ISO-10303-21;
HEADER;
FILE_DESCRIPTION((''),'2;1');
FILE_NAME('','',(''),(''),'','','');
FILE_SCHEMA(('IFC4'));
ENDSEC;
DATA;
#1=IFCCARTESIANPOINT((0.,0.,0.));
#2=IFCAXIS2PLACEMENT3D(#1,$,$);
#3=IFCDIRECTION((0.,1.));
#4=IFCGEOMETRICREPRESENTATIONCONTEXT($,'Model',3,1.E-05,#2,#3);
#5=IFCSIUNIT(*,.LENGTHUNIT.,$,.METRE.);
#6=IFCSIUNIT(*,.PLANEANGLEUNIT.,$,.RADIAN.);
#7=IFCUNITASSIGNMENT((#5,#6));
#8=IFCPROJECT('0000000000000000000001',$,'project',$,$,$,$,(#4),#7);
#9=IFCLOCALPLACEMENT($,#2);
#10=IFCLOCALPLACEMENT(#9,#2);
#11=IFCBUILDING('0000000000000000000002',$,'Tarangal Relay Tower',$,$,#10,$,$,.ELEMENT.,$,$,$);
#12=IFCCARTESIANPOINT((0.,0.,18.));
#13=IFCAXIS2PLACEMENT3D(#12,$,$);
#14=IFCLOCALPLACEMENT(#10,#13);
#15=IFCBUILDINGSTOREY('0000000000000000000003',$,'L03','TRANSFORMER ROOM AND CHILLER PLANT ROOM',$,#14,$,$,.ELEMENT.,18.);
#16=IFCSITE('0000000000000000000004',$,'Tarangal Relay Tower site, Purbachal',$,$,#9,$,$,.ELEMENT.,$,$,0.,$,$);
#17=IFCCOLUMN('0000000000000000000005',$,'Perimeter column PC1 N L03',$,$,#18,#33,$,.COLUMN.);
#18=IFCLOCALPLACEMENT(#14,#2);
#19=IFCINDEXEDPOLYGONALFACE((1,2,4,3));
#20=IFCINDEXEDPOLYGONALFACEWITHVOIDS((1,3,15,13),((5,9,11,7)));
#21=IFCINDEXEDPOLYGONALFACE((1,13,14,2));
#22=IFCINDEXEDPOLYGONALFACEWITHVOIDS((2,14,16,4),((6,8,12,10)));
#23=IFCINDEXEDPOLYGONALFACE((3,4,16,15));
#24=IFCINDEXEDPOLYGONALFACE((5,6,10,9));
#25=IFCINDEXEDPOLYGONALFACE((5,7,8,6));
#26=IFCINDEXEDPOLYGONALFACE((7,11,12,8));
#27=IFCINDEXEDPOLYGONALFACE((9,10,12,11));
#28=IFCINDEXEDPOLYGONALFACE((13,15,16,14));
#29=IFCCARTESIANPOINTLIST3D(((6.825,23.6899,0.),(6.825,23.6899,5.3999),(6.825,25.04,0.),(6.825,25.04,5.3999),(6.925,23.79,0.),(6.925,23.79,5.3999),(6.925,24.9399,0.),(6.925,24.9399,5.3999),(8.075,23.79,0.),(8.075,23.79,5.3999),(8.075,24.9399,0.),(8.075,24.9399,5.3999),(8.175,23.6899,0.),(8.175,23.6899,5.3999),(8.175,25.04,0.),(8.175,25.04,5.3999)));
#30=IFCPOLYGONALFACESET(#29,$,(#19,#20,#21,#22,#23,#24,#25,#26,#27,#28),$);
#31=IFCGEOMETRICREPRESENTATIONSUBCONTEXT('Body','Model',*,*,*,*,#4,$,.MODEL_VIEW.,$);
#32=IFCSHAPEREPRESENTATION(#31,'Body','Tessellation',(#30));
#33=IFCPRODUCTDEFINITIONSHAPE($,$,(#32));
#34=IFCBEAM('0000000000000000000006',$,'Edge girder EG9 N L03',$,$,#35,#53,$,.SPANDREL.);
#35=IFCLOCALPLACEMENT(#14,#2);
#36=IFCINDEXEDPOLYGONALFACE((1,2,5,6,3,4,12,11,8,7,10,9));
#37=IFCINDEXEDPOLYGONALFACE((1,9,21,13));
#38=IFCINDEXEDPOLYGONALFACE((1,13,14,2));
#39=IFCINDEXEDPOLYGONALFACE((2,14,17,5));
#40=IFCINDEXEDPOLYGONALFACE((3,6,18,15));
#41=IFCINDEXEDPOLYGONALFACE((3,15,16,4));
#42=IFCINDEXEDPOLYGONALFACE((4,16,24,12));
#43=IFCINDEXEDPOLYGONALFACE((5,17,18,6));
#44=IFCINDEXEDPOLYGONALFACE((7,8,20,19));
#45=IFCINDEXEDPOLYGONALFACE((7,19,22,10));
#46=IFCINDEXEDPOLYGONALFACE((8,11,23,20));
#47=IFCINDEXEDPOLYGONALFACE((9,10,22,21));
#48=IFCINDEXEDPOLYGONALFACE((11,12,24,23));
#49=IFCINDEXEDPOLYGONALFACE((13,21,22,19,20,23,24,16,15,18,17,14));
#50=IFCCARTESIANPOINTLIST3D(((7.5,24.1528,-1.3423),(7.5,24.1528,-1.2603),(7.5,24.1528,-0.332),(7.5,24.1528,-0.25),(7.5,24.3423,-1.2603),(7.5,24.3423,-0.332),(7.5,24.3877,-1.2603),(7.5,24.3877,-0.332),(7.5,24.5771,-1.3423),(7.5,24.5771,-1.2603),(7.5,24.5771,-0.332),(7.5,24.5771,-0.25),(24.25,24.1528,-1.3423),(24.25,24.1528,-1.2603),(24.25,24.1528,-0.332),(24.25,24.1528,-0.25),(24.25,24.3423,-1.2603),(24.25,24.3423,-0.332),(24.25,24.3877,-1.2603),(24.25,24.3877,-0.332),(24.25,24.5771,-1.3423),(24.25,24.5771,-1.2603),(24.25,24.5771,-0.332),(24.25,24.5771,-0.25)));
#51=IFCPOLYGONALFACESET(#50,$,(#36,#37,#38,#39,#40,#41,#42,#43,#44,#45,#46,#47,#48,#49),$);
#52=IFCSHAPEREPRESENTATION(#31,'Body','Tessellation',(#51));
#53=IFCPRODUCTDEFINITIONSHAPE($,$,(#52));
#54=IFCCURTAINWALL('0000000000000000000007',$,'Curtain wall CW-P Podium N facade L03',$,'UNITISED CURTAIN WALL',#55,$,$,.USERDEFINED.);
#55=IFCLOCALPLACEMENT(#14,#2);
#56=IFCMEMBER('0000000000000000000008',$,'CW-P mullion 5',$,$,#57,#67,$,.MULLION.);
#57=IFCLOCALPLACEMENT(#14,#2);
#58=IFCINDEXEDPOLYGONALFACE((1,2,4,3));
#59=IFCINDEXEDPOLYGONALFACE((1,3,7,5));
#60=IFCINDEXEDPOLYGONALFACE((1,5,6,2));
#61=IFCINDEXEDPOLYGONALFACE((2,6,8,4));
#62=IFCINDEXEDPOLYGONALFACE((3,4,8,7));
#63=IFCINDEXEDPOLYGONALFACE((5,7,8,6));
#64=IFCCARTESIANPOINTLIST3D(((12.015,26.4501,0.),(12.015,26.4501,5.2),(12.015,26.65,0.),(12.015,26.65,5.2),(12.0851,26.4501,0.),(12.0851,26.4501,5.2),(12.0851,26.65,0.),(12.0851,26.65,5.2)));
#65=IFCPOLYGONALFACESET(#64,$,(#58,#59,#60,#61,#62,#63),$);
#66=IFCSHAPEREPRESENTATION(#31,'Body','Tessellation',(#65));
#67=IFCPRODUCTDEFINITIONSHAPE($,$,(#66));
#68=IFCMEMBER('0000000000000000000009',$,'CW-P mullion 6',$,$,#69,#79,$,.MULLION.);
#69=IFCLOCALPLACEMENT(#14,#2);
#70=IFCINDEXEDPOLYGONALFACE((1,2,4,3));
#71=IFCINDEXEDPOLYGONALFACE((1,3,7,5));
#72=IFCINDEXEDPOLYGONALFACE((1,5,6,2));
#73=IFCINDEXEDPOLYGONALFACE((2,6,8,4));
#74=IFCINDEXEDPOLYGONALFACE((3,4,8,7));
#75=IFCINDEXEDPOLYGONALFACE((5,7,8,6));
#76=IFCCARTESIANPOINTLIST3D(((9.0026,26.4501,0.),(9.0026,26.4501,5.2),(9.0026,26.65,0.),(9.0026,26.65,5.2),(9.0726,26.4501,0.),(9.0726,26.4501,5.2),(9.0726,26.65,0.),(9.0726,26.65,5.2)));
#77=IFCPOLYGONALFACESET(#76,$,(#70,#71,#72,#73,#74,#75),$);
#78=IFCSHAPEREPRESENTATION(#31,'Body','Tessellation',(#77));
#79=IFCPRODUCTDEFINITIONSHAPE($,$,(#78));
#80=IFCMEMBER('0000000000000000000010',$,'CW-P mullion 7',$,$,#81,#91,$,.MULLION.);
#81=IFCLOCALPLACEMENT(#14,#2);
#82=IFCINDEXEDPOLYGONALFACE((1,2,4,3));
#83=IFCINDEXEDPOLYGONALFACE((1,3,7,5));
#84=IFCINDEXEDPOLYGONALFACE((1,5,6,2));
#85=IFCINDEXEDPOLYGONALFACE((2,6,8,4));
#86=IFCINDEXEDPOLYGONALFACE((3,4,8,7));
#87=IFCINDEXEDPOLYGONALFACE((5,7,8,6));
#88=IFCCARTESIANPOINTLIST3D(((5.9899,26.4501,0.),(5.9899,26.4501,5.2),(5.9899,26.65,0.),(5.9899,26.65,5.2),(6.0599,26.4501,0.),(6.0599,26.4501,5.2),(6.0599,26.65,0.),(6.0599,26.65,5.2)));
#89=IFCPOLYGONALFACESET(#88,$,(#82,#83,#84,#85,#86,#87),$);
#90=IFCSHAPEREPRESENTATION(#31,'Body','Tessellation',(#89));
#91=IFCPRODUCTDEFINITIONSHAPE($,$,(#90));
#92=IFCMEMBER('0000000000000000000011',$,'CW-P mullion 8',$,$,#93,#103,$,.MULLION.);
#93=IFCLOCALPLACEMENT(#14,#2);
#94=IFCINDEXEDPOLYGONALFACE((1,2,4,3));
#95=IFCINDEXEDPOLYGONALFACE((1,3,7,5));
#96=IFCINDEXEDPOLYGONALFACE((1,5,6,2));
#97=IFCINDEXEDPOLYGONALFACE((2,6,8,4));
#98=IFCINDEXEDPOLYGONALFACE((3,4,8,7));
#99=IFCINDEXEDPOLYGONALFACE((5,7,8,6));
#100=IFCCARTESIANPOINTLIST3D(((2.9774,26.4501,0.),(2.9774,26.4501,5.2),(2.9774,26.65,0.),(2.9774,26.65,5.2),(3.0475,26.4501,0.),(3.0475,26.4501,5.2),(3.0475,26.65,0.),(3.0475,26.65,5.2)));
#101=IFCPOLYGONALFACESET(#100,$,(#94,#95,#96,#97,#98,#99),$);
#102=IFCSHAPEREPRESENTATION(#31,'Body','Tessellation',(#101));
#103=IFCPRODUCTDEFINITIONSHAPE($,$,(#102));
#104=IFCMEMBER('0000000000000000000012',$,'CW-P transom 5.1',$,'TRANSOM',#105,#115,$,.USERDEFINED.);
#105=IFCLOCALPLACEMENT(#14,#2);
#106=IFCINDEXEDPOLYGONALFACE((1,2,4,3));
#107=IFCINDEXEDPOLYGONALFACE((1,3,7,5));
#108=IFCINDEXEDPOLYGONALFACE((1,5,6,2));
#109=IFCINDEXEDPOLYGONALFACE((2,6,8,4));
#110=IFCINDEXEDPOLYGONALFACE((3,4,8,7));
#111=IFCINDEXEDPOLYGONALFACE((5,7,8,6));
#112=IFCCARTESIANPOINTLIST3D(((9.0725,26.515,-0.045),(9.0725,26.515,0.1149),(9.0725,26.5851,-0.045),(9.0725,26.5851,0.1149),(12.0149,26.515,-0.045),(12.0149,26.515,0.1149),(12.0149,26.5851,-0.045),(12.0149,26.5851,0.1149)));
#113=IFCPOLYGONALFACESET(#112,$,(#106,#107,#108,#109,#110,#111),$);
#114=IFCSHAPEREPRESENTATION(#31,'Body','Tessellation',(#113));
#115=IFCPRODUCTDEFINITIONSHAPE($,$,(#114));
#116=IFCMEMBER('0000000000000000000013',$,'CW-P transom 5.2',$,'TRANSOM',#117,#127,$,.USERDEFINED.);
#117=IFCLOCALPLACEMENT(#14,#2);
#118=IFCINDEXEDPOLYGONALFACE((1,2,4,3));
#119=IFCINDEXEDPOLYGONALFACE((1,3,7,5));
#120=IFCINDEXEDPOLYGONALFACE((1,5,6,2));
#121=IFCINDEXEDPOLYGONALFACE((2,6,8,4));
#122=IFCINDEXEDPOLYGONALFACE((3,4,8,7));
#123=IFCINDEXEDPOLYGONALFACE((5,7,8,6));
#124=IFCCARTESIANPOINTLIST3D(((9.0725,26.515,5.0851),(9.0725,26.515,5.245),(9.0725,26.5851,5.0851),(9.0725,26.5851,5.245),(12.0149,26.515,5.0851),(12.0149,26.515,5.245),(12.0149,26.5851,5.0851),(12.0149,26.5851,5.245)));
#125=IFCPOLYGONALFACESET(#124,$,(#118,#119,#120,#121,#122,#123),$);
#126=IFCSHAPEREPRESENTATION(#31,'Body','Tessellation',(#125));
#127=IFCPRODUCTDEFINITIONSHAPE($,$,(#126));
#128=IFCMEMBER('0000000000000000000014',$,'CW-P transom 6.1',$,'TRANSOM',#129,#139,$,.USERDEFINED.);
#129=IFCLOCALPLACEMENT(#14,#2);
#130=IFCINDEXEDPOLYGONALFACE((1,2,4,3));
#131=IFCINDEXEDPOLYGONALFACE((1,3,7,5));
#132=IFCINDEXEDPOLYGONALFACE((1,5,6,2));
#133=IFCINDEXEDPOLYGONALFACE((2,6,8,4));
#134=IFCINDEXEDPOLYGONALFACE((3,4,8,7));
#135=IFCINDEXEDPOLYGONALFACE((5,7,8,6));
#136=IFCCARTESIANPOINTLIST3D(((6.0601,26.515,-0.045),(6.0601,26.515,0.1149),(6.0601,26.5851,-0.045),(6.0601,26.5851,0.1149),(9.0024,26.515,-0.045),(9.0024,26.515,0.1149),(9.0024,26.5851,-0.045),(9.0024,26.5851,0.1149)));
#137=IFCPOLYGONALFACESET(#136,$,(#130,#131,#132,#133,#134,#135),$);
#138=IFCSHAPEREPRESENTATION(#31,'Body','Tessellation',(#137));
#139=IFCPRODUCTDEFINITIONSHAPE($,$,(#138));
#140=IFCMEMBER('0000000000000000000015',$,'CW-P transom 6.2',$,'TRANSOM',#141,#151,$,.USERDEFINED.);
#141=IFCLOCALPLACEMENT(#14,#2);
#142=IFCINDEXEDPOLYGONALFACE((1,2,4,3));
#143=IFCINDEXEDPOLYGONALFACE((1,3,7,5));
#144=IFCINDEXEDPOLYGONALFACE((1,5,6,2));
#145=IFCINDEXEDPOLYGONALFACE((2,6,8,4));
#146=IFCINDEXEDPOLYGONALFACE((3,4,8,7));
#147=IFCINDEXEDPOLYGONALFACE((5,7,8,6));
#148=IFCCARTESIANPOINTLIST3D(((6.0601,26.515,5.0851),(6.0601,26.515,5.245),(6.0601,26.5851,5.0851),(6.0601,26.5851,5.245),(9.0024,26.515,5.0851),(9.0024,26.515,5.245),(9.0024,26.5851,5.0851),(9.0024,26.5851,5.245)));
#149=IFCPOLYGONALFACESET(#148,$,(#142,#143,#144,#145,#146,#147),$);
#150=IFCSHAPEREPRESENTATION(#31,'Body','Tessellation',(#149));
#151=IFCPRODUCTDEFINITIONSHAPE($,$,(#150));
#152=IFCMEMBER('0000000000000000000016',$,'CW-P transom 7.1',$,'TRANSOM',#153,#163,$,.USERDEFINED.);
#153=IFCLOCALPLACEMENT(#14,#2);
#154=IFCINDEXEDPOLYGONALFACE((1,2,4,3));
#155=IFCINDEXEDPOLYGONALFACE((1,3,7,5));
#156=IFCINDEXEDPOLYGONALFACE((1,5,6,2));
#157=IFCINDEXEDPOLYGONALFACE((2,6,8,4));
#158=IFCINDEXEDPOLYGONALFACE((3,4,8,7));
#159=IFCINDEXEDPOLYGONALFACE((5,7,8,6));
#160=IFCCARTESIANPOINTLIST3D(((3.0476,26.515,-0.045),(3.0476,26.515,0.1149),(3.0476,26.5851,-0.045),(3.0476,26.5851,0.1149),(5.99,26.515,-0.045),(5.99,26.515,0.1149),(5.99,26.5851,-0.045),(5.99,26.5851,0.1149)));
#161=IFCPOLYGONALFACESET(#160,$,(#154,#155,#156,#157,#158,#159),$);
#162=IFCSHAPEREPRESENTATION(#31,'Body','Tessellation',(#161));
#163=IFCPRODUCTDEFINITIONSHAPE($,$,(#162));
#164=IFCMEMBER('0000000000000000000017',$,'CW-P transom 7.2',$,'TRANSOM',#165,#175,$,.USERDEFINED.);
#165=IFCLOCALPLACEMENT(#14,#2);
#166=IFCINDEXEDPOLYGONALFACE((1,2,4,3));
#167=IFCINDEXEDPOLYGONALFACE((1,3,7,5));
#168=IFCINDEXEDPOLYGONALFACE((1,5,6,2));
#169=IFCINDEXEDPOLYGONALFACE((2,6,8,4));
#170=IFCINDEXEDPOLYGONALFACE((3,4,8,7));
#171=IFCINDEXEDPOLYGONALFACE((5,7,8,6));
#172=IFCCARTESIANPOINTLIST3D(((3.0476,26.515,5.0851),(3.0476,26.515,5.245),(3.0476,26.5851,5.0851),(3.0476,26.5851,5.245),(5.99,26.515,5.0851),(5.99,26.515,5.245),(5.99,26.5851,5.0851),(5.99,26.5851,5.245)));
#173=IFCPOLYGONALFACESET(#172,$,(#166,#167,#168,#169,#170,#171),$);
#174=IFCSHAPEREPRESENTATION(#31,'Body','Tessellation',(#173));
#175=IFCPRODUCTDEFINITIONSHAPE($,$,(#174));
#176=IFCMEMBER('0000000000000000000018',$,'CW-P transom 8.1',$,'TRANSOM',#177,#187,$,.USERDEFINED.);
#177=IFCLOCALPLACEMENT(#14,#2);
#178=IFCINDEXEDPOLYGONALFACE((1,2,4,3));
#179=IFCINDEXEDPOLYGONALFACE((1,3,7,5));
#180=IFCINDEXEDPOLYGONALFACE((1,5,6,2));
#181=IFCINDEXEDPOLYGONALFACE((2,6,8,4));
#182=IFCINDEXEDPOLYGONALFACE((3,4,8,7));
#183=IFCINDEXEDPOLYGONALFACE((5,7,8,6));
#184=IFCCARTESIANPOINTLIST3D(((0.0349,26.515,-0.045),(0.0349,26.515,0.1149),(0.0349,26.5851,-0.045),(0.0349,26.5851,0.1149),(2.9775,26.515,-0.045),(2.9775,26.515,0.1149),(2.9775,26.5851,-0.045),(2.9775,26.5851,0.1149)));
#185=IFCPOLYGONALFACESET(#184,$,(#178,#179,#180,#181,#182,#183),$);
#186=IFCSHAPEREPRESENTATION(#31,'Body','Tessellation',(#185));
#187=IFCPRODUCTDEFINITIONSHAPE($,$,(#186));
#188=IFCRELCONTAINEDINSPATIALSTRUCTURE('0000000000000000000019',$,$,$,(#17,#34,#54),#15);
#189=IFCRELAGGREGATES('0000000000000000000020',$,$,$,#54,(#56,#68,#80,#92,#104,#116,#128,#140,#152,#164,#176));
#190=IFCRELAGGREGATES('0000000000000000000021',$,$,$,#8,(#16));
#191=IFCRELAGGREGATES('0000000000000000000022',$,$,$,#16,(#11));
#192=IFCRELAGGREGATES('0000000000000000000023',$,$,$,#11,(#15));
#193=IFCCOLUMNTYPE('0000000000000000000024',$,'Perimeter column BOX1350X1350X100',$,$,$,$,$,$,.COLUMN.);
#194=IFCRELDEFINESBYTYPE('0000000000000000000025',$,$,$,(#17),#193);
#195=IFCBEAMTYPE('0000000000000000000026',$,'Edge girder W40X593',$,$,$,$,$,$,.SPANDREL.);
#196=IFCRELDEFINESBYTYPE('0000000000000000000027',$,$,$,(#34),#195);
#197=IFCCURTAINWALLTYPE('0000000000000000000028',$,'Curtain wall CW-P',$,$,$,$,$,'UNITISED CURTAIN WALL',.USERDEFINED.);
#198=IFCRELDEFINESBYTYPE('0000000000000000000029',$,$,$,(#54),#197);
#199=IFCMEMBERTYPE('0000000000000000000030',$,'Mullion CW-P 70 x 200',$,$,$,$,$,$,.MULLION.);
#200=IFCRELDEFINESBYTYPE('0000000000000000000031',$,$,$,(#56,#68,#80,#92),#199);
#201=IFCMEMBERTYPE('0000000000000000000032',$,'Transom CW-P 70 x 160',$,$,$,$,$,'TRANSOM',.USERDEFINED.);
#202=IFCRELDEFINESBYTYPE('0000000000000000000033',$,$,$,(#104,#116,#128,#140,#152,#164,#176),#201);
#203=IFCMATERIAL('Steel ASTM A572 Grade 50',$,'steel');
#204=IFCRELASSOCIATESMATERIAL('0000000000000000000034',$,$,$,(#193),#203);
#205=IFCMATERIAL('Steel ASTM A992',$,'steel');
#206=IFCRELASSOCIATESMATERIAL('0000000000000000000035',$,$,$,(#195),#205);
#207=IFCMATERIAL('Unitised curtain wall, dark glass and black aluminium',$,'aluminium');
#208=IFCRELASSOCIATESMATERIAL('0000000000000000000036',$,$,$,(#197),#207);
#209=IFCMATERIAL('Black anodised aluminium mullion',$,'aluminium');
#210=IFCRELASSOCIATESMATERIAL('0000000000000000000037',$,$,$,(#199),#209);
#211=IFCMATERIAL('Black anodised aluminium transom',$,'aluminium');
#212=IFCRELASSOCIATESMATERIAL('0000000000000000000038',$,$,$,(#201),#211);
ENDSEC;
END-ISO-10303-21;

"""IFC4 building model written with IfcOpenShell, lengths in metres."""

from ifc_helpers import new_model, si_unit, direction, frame, origin, origin_2d, place, context, subcontext, project, spatial, rectangle, hollow_rectangle, i_section, extrude, material, material_profile, profile_set, type_object, element, aggregate, save


model = new_model("IFC4")

# Units and contexts
model_context = context("Model", 3, precision=1e-05, world=origin(), true_north=direction((0.0, 1.0)))
body_context = subcontext(model_context, "Body", "Model", "MODEL_VIEW")
ifc_project = project(units=[si_unit("LENGTHUNIT", "METRE"), si_unit("PLANEANGLEUNIT", "RADIAN")], contexts=[model_context])

# Site, building, storey
site_placement = place(None, origin())
site = spatial("IfcSite", under=ifc_project, at=site_placement, Name="Tarangal Relay Tower site, Purbachal", CompositionType="ELEMENT", RefElevation=0.0)
building_placement = place(site_placement, origin())
building = spatial("IfcBuilding", under=site, at=building_placement, Name="Tarangal Relay Tower", CompositionType="ELEMENT")
storey_placement = place(building_placement, frame((0.0, 0.0, 18.0)))
storey = spatial("IfcBuildingStorey", under=building, at=storey_placement, Name="L03", Description="TRANSFORMER ROOM AND CHILLER PLANT ROOM", CompositionType="ELEMENT", Elevation=18.0)

# Column
ifc_material_1 = material(Name="Steel ASTM A572 Grade 50", Category="steel")
ifc_material_profile_1 = material_profile(ifc_material_1, hollow_rectangle(XDim=1.3501, YDim=1.3501, WallThickness=0.1001, at=origin_2d()), Name="BOX1350X1350X100")
ifc_profile_set_1 = profile_set([ifc_material_profile_1], Name="Steel ASTM A572 Grade 50")
column_type = type_object("IfcColumnType", Name="Perimeter column BOX1350X1350X100", PredefinedType="COLUMN", material=ifc_profile_set_1)
column_placement = place(storey_placement, frame((7.5, 24.365, 0.0), z_axis=(0.0, 0.0, 1.0), x_axis=(1.0, 0.0, 0.0)))
element("IfcColumn", 1, at=column_placement, inside=storey, type_object=column_type, Name="Perimeter column PC1 N L03", PredefinedType="COLUMN", context=body_context, shape_type="SweptSolid", body=[
    extrude(hollow_rectangle(XDim=1.3501, YDim=1.3501, WallThickness=0.1001, at=origin_2d()), origin(), (0.0, 0.0, 1.0), 5.3999),
])

# Beam
ifc_material_2 = material(Name="Steel ASTM A992", Category="steel")
ifc_material_profile_2 = material_profile(ifc_material_2, i_section(OverallWidth=0.4243, OverallDepth=1.0923, WebThickness=0.0454, FlangeThickness=0.082, at=origin_2d()), Name="W40X593")
ifc_profile_set_2 = profile_set([ifc_material_profile_2], Name="Steel ASTM A992")
beam_type = type_object("IfcBeamType", Name="Edge girder W40X593", PredefinedType="SPANDREL", material=ifc_profile_set_2)
beam_placement = place(storey_placement, frame((7.5, 24.365, -0.7961), z_axis=(1.0, 0.0, 0.0), x_axis=(0.0, 1.0, 0.0)))
element("IfcBeam", 2, at=beam_placement, inside=storey, type_object=beam_type, Name="Edge girder EG9 N L03", PredefinedType="SPANDREL", context=body_context, shape_type="SweptSolid", body=[
    extrude(i_section(OverallWidth=0.4243, OverallDepth=1.0923, WebThickness=0.0454, FlangeThickness=0.082, at=origin_2d()), origin(), (0.0, 0.0, 1.0), 16.75),
])

# Curtain wall, members
ifc_material_3 = material(Name="Unitised curtain wall, dark glass and black aluminium", Category="aluminium")
curtain_wall_type = type_object("IfcCurtainWallType", Name="Curtain wall CW-P", ElementType="UNITISED CURTAIN WALL", PredefinedType="USERDEFINED", material=ifc_material_3)
curtain_wall_placement = place(storey_placement, origin())
curtain_wall = element("IfcCurtainWall", 3, at=curtain_wall_placement, inside=storey, type_object=curtain_wall_type, Name="Curtain wall CW-P Podium N facade L03", ObjectType="UNITISED CURTAIN WALL", PredefinedType="USERDEFINED")
ifc_material_4 = material(Name="Black anodised aluminium mullion", Category="aluminium")
ifc_material_profile_3 = material_profile(ifc_material_4, rectangle(XDim=0.2, YDim=0.0701, at=origin_2d()), Name="CW-PM 70X200")
ifc_profile_set_3 = profile_set([ifc_material_profile_3], Name="Black anodised aluminium mullion")
member_type_1 = type_object("IfcMemberType", Name="Mullion CW-P 70 x 200", PredefinedType="MULLION", material=ifc_profile_set_3)
member_1_placement = place(storey_placement, frame((12.05, 26.55, 0.0), z_axis=(0.0, 0.0, 1.0), x_axis=(0.0, -1.0, 0.0)))
member_1 = element("IfcMember", 4, at=member_1_placement, type_object=member_type_1, Name="CW-P mullion 5", PredefinedType="MULLION", context=body_context, shape_type="SweptSolid", body=[
    extrude(rectangle(XDim=0.2, YDim=0.0701, at=origin_2d()), origin(), (0.0, 0.0, 1.0), 5.2),
])
member_2_placement = place(storey_placement, frame((9.0376, 26.55, 0.0), z_axis=(0.0, 0.0, 1.0), x_axis=(0.0, -1.0, 0.0)))
member_2 = element("IfcMember", 5, at=member_2_placement, type_object=member_type_1, Name="CW-P mullion 6", PredefinedType="MULLION", context=body_context, shape_type="SweptSolid", body=[
    extrude(rectangle(XDim=0.2, YDim=0.0701, at=origin_2d()), origin(), (0.0, 0.0, 1.0), 5.2),
])
member_3_placement = place(storey_placement, frame((6.0249, 26.55, 0.0), z_axis=(0.0, 0.0, 1.0), x_axis=(0.0, -1.0, 0.0)))
member_3 = element("IfcMember", 6, at=member_3_placement, type_object=member_type_1, Name="CW-P mullion 7", PredefinedType="MULLION", context=body_context, shape_type="SweptSolid", body=[
    extrude(rectangle(XDim=0.2, YDim=0.0701, at=origin_2d()), origin(), (0.0, 0.0, 1.0), 5.2),
])
member_4_placement = place(storey_placement, frame((3.0125, 26.55, 0.0), z_axis=(0.0, 0.0, 1.0), x_axis=(0.0, -1.0, 0.0)))
member_4 = element("IfcMember", 7, at=member_4_placement, type_object=member_type_1, Name="CW-P mullion 8", PredefinedType="MULLION", context=body_context, shape_type="SweptSolid", body=[
    extrude(rectangle(XDim=0.2, YDim=0.0701, at=origin_2d()), origin(), (0.0, 0.0, 1.0), 5.2),
])
ifc_material_5 = material(Name="Black anodised aluminium transom", Category="aluminium")
ifc_material_profile_4 = material_profile(ifc_material_5, rectangle(XDim=0.0701, YDim=0.1599, at=origin_2d()), Name="CW-PT 70X160")
ifc_profile_set_4 = profile_set([ifc_material_profile_4], Name="Black anodised aluminium transom")
member_type_2 = type_object("IfcMemberType", Name="Transom CW-P 70 x 160", ElementType="TRANSOM", PredefinedType="USERDEFINED", material=ifc_profile_set_4)
member_5_placement = place(storey_placement, frame((12.0149, 26.55, 0.0349), z_axis=(-1.0, 0.0, 0.0), x_axis=(0.0, -1.0, 0.0)))
member_5 = element("IfcMember", 8, at=member_5_placement, type_object=member_type_2, Name="CW-P transom 5.1", ObjectType="TRANSOM", PredefinedType="USERDEFINED", context=body_context, shape_type="SweptSolid", body=[
    extrude(rectangle(XDim=0.0701, YDim=0.1599, at=origin_2d()), origin(), (0.0, 0.0, 1.0), 2.9424),
])
member_6_placement = place(storey_placement, frame((12.0149, 26.55, 5.165), z_axis=(-1.0, 0.0, 0.0), x_axis=(0.0, -1.0, 0.0)))
member_6 = element("IfcMember", 9, at=member_6_placement, type_object=member_type_2, Name="CW-P transom 5.2", ObjectType="TRANSOM", PredefinedType="USERDEFINED", context=body_context, shape_type="SweptSolid", body=[
    extrude(rectangle(XDim=0.0701, YDim=0.1599, at=origin_2d()), origin(), (0.0, 0.0, 1.0), 2.9424),
])
member_7_placement = place(storey_placement, frame((9.0024, 26.55, 0.0349), z_axis=(-1.0, 0.0, 0.0), x_axis=(0.0, -1.0, 0.0)))
member_7 = element("IfcMember", 10, at=member_7_placement, type_object=member_type_2, Name="CW-P transom 6.1", ObjectType="TRANSOM", PredefinedType="USERDEFINED", context=body_context, shape_type="SweptSolid", body=[
    extrude(rectangle(XDim=0.0701, YDim=0.1599, at=origin_2d()), origin(), (0.0, 0.0, 1.0), 2.9424),
])
member_8_placement = place(storey_placement, frame((9.0024, 26.55, 5.165), z_axis=(-1.0, 0.0, 0.0), x_axis=(0.0, -1.0, 0.0)))
member_8 = element("IfcMember", 11, at=member_8_placement, type_object=member_type_2, Name="CW-P transom 6.2", ObjectType="TRANSOM", PredefinedType="USERDEFINED", context=body_context, shape_type="SweptSolid", body=[
    extrude(rectangle(XDim=0.0701, YDim=0.1599, at=origin_2d()), origin(), (0.0, 0.0, 1.0), 2.9424),
])
member_9_placement = place(storey_placement, frame((5.99, 26.55, 0.0349), z_axis=(-1.0, 0.0, 0.0), x_axis=(0.0, -1.0, 0.0)))
member_9 = element("IfcMember", 12, at=member_9_placement, type_object=member_type_2, Name="CW-P transom 7.1", ObjectType="TRANSOM", PredefinedType="USERDEFINED", context=body_context, shape_type="SweptSolid", body=[
    extrude(rectangle(XDim=0.0701, YDim=0.1599, at=origin_2d()), origin(), (0.0, 0.0, 1.0), 2.9424),
])
member_10_placement = place(storey_placement, frame((5.99, 26.55, 5.165), z_axis=(-1.0, 0.0, 0.0), x_axis=(0.0, -1.0, 0.0)))
member_10 = element("IfcMember", 13, at=member_10_placement, type_object=member_type_2, Name="CW-P transom 7.2", ObjectType="TRANSOM", PredefinedType="USERDEFINED", context=body_context, shape_type="SweptSolid", body=[
    extrude(rectangle(XDim=0.0701, YDim=0.1599, at=origin_2d()), origin(), (0.0, 0.0, 1.0), 2.9424),
])
member_11_placement = place(storey_placement, frame((2.9775, 26.55, 0.0349), z_axis=(-1.0, 0.0, 0.0), x_axis=(0.0, -1.0, 0.0)))
member_11 = element("IfcMember", 14, at=member_11_placement, type_object=member_type_2, Name="CW-P transom 8.1", ObjectType="TRANSOM", PredefinedType="USERDEFINED", context=body_context, shape_type="SweptSolid", body=[
    extrude(rectangle(XDim=0.0701, YDim=0.1599, at=origin_2d()), origin(), (0.0, 0.0, 1.0), 2.9426),
])
aggregate(curtain_wall, [member_1, member_2, member_3, member_4, member_5, member_6, member_7, member_8, member_9, member_10, member_11])

save(model, "model.ifc")
